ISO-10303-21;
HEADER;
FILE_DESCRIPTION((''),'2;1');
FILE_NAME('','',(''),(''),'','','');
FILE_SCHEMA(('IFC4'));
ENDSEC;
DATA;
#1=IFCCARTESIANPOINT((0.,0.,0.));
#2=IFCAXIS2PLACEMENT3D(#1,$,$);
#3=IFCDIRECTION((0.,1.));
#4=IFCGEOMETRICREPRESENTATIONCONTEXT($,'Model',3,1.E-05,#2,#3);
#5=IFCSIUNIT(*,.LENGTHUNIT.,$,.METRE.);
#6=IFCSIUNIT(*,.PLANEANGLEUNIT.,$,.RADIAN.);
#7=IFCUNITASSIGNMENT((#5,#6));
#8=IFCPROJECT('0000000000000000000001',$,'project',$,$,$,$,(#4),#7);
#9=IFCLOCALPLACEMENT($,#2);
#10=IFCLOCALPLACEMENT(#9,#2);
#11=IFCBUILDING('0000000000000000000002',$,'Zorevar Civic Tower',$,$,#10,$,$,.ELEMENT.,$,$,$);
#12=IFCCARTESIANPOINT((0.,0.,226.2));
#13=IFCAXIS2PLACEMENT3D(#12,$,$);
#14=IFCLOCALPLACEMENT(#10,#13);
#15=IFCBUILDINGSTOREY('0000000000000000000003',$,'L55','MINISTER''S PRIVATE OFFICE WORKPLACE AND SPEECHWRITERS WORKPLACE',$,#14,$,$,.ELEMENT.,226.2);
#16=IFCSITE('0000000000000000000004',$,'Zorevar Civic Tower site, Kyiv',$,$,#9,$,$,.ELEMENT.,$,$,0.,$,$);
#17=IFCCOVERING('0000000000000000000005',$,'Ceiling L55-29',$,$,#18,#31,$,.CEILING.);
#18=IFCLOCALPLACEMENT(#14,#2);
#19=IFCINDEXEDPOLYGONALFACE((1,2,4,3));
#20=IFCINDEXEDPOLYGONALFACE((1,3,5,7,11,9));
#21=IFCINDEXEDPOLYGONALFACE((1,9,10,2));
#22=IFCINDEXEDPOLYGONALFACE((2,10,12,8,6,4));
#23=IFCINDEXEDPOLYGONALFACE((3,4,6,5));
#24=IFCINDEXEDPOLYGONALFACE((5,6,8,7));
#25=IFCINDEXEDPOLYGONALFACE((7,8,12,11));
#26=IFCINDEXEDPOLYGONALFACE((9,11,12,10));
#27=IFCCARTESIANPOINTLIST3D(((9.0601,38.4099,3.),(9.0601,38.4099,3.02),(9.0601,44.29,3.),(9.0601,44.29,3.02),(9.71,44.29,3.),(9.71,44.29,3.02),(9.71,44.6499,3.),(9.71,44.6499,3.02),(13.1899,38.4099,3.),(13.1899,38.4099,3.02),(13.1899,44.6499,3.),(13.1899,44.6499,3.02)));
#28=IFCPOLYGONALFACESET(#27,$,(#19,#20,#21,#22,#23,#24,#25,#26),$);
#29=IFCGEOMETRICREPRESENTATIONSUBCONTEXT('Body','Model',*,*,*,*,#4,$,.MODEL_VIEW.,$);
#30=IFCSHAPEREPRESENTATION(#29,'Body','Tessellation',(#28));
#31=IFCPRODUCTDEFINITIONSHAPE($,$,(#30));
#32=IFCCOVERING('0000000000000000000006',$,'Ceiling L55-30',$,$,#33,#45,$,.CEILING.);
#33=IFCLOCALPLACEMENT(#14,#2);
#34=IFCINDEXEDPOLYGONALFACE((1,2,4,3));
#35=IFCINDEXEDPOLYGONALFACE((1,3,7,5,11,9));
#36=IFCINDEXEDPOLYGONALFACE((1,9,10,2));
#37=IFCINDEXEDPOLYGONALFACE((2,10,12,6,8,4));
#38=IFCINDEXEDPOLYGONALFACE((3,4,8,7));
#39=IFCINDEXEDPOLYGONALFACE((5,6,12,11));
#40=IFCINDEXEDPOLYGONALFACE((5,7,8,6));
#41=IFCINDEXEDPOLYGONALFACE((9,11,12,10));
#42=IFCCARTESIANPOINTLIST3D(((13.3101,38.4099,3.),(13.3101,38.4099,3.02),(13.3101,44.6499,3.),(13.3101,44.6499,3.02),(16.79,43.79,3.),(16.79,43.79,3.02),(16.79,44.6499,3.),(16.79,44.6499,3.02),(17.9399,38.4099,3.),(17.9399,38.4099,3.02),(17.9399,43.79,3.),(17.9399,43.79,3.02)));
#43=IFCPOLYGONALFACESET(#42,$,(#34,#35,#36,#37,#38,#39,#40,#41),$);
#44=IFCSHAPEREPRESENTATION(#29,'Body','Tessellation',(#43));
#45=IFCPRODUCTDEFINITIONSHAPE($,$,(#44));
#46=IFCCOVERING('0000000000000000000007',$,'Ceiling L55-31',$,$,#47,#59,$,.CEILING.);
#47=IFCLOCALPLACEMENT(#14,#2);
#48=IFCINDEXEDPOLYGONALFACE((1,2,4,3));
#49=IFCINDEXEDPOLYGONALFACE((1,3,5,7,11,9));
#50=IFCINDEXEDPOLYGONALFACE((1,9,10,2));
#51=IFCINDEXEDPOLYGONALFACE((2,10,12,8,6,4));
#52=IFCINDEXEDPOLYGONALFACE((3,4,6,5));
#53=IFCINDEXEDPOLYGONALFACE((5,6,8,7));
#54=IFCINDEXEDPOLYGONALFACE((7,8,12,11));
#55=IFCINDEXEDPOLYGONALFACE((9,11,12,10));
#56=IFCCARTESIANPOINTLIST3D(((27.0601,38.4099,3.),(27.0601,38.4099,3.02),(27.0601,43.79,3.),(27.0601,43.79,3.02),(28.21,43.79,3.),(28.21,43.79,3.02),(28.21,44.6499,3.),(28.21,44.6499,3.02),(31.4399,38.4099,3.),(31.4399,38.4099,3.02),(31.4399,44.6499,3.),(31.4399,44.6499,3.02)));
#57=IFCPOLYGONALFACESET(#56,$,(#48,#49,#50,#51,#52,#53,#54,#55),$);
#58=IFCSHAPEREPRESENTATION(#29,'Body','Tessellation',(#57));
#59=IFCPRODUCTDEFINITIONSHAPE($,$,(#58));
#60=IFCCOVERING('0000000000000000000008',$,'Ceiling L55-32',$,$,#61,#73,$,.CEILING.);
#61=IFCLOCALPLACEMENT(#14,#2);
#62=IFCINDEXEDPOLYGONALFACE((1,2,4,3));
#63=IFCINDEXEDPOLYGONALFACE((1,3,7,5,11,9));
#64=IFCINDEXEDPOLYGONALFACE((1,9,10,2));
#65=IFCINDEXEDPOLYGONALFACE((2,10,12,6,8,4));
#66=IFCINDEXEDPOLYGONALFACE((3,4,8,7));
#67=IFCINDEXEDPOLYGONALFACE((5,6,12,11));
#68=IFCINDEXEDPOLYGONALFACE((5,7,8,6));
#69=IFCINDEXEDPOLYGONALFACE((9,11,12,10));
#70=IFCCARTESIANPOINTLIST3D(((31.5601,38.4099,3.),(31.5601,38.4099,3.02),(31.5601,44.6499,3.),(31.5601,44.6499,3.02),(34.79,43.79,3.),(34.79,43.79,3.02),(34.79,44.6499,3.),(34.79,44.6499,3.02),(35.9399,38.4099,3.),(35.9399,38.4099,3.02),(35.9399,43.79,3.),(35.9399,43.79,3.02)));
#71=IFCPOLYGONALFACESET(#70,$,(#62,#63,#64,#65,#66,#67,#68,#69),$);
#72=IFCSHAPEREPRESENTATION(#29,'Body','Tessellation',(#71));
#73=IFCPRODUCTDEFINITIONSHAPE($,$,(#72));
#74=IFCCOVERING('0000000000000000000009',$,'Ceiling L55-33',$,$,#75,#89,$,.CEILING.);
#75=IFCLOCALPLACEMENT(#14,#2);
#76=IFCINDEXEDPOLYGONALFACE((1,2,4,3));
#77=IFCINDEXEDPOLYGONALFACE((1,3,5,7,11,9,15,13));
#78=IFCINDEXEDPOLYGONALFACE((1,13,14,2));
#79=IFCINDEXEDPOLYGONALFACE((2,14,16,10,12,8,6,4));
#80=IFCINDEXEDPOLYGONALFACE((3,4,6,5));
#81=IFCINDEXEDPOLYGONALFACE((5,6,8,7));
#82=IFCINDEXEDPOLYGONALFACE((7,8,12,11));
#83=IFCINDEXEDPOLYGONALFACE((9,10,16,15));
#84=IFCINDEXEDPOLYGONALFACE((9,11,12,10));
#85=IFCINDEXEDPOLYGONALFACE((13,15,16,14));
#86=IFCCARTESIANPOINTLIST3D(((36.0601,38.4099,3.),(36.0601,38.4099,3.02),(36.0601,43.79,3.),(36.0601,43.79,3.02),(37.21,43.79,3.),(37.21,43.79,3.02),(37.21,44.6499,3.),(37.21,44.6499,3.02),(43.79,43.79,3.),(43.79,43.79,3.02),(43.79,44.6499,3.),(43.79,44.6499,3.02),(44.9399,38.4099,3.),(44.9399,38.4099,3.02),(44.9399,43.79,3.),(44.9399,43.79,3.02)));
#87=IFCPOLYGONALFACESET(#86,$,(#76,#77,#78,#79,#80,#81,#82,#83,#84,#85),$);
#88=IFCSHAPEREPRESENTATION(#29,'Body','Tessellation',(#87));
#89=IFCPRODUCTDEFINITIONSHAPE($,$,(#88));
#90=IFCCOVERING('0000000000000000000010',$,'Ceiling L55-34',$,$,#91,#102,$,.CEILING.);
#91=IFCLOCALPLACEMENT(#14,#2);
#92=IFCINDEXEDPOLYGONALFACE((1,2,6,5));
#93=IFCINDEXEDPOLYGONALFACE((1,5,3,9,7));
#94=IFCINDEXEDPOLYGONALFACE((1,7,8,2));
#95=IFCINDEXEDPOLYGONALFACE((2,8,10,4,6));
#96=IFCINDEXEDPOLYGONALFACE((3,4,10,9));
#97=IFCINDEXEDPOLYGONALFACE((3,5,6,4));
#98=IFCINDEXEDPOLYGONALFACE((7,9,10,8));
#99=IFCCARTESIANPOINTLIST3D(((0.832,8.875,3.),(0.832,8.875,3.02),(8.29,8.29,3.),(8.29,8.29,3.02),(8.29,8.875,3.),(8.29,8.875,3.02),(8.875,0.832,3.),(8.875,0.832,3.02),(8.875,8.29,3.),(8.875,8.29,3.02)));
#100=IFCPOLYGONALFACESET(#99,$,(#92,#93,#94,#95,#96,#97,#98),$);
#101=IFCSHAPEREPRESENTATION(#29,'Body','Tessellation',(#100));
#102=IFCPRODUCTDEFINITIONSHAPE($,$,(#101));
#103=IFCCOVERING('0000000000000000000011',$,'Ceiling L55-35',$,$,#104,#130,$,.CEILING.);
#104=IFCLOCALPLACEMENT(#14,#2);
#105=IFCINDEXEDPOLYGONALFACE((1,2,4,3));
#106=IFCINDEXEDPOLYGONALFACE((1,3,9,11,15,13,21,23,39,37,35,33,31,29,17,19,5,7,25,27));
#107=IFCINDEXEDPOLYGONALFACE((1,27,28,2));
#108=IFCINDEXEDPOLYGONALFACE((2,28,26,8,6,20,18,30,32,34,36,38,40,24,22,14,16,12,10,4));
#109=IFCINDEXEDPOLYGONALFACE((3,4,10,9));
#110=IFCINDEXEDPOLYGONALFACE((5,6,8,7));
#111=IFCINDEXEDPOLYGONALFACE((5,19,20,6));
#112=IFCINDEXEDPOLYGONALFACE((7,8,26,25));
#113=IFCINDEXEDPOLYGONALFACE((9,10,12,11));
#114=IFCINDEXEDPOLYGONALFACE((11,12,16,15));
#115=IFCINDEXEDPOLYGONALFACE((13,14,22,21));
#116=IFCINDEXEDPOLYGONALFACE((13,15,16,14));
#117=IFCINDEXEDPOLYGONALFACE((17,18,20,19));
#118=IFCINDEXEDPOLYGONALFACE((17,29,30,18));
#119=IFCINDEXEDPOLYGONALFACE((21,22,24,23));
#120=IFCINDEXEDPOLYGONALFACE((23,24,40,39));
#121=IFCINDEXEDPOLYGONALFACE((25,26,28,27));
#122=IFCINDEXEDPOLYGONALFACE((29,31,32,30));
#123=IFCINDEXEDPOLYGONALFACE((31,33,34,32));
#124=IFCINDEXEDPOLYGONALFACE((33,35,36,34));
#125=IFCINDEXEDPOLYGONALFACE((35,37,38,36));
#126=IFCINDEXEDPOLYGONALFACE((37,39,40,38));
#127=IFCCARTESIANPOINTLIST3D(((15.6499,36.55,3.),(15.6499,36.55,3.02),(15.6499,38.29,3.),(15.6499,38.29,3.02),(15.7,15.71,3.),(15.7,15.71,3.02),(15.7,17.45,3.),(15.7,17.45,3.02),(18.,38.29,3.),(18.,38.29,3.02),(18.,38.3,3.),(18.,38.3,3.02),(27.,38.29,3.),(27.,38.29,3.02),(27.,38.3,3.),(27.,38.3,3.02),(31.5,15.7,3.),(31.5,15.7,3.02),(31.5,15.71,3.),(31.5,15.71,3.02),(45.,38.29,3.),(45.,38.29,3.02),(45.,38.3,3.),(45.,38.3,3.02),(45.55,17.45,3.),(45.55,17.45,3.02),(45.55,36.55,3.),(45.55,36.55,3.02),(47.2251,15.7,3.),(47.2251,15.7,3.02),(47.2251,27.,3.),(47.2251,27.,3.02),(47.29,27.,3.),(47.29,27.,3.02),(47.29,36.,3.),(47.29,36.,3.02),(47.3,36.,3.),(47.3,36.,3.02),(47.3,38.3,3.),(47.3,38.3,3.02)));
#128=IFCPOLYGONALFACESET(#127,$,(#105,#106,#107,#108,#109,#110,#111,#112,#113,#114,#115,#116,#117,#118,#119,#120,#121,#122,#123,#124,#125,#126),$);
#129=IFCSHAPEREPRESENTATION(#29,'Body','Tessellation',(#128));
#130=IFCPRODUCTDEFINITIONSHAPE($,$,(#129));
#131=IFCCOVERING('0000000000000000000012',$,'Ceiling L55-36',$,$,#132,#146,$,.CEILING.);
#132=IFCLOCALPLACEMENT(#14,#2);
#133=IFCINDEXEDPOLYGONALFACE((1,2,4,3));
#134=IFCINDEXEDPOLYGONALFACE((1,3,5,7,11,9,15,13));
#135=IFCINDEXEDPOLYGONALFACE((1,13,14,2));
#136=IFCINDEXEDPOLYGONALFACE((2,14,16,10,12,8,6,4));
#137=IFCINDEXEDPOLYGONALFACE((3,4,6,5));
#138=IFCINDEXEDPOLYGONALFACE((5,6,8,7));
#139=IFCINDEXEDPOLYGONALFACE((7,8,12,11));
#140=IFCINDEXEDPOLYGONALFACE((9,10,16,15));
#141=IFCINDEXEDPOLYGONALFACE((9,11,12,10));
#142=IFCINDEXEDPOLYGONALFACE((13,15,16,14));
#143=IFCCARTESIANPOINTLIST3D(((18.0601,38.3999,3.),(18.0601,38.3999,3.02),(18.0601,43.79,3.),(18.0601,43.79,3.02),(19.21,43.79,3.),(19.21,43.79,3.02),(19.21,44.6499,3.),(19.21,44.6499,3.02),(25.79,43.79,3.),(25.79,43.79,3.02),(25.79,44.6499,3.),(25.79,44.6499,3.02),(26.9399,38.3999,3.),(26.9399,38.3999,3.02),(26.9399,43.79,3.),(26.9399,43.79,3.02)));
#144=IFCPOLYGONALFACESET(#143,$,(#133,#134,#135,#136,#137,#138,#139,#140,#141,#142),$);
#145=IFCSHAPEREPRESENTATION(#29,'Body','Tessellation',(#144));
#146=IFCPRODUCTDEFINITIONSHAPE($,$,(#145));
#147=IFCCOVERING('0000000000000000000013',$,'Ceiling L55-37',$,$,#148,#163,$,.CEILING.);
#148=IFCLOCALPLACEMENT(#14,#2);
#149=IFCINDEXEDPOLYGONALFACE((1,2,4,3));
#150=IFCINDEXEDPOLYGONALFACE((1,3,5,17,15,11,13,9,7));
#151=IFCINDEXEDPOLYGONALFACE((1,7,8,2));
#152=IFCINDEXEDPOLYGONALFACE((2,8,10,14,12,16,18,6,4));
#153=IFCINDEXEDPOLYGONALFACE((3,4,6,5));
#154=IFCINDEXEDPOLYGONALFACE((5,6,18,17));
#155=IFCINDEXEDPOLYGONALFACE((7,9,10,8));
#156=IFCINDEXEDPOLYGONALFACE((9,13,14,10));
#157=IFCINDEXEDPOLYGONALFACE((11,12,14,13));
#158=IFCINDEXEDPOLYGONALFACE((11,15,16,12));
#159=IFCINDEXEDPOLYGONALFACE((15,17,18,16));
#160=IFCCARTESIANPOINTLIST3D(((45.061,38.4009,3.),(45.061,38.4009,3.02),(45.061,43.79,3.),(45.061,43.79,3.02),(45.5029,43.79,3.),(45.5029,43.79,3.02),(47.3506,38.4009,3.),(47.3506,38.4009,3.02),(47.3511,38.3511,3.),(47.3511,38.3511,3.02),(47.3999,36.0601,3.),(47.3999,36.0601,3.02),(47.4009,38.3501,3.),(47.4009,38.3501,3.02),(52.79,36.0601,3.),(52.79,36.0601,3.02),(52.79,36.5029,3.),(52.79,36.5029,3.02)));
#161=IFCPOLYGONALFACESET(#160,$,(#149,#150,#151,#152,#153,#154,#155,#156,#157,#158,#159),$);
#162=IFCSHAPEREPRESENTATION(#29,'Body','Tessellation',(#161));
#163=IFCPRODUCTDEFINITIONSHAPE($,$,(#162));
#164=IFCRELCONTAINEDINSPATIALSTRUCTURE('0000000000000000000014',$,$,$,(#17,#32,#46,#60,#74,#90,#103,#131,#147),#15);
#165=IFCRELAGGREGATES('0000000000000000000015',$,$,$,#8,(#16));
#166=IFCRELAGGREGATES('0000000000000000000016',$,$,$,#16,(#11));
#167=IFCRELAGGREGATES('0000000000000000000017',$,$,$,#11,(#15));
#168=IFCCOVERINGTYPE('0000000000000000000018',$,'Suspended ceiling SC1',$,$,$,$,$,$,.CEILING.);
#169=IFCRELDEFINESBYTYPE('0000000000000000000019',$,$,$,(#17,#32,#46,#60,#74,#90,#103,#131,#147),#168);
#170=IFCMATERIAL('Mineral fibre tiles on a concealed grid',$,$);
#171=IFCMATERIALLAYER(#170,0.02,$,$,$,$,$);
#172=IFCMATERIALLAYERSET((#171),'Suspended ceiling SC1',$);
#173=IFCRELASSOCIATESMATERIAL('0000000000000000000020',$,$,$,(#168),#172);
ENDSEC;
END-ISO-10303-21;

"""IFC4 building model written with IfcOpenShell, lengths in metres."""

from ifc_helpers import new_model, si_unit, direction, frame, origin, place, context, subcontext, project, spatial, polyline, outline, extrude, material, layer, layer_set, type_object, element, save


model = new_model("IFC4")

# Units and contexts
model_context = context("Model", 3, precision=1e-05, world=origin(), true_north=direction((0.0, 1.0)))
body_context = subcontext(model_context, "Body", "Model", "MODEL_VIEW")
ifc_project = project(units=[si_unit("LENGTHUNIT", "METRE"), si_unit("PLANEANGLEUNIT", "RADIAN")], contexts=[model_context])

# Site, building, storey
site_placement = place(None, origin())
site = spatial("IfcSite", under=ifc_project, at=site_placement, Name="Zorevar Civic Tower site, Kyiv", CompositionType="ELEMENT", RefElevation=0.0)
building_placement = place(site_placement, origin())
building = spatial("IfcBuilding", under=site, at=building_placement, Name="Zorevar Civic Tower", CompositionType="ELEMENT")
storey_placement = place(building_placement, frame((0.0, 0.0, 226.2)))
storey = spatial("IfcBuildingStorey", under=building, at=storey_placement, Name="L55", Description="MINISTER'S PRIVATE OFFICE WORKPLACE AND SPEECHWRITERS WORKPLACE", CompositionType="ELEMENT", Elevation=226.2)

# Coverings
ifc_material_1 = material(Name="Mineral fibre tiles on a concealed grid")
ifc_layer_1 = layer(ifc_material_1, 0.02)
ifc_layer_set_1 = layer_set([ifc_layer_1], Name="Suspended ceiling SC1")
covering_type_1 = type_object("IfcCoveringType", Name="Suspended ceiling SC1", PredefinedType="CEILING", material=ifc_layer_set_1)
covering_1_placement = place(storey_placement, frame((0.0, 0.0, 3.0)))
element("IfcCovering", 1, at=covering_1_placement, inside=storey, type_object=covering_type_1, Name="Ceiling L55-29", PredefinedType="CEILING", context=body_context, shape_type="SweptSolid", body=[
    extrude(outline(polyline([(9.0601, 38.4099), (9.0601, 44.29), (9.71, 44.29), (9.71, 44.6499), (13.1899, 44.6499), (13.1899, 38.4099), (9.0601, 38.4099)])), origin(), (0.0, 0.0, 1.0), 0.02),
])
covering_2_placement = place(storey_placement, frame((0.0, 0.0, 3.0)))
element("IfcCovering", 2, at=covering_2_placement, inside=storey, type_object=covering_type_1, Name="Ceiling L55-30", PredefinedType="CEILING", context=body_context, shape_type="SweptSolid", body=[
    extrude(outline(polyline([(13.3101, 38.4099), (13.3101, 44.6499), (16.79, 44.6499), (16.79, 43.79), (17.9399, 43.79), (17.9399, 38.4099), (13.3101, 38.4099)])), origin(), (0.0, 0.0, 1.0), 0.02),
])
covering_3_placement = place(storey_placement, frame((0.0, 0.0, 3.0)))
element("IfcCovering", 3, at=covering_3_placement, inside=storey, type_object=covering_type_1, Name="Ceiling L55-31", PredefinedType="CEILING", context=body_context, shape_type="SweptSolid", body=[
    extrude(outline(polyline([(27.0601, 38.4099), (27.0601, 43.79), (28.21, 43.79), (28.21, 44.6499), (31.4399, 44.6499), (31.4399, 38.4099), (27.0601, 38.4099)])), origin(), (0.0, 0.0, 1.0), 0.02),
])
covering_4_placement = place(storey_placement, frame((0.0, 0.0, 3.0)))
element("IfcCovering", 4, at=covering_4_placement, inside=storey, type_object=covering_type_1, Name="Ceiling L55-32", PredefinedType="CEILING", context=body_context, shape_type="SweptSolid", body=[
    extrude(outline(polyline([(31.5601, 38.4099), (31.5601, 44.6499), (34.79, 44.6499), (34.79, 43.79), (35.9399, 43.79), (35.9399, 38.4099), (31.5601, 38.4099)])), origin(), (0.0, 0.0, 1.0), 0.02),
])
covering_5_placement = place(storey_placement, frame((0.0, 0.0, 3.0)))
element("IfcCovering", 5, at=covering_5_placement, inside=storey, type_object=covering_type_1, Name="Ceiling L55-33", PredefinedType="CEILING", context=body_context, shape_type="SweptSolid", body=[
    extrude(outline(polyline([(37.21, 43.79), (37.21, 44.6499), (43.79, 44.6499), (43.79, 43.79), (44.9399, 43.79), (44.9399, 38.4099), (36.0601, 38.4099), (36.0601, 43.79), (37.21, 43.79)])), origin(), (0.0, 0.0, 1.0), 0.02),
])
covering_6_placement = place(storey_placement, frame((0.0, 0.0, 3.0)))
element("IfcCovering", 6, at=covering_6_placement, inside=storey, type_object=covering_type_1, Name="Ceiling L55-34", PredefinedType="CEILING", context=body_context, shape_type="SweptSolid", body=[
    extrude(outline(polyline([(8.29, 8.875), (8.29, 8.29), (8.875, 8.29), (8.875, 0.832), (0.832, 8.875), (8.29, 8.875)])), origin(), (0.0, 0.0, 1.0), 0.02),
])
covering_7_placement = place(storey_placement, frame((0.0, 0.0, 3.0)))
element("IfcCovering", 7, at=covering_7_placement, inside=storey, type_object=covering_type_1, Name="Ceiling L55-35", PredefinedType="CEILING", context=body_context, shape_type="SweptSolid", body=[
    extrude(outline(polyline([(18.0, 38.29), (18.0, 38.3), (27.0, 38.3), (27.0, 38.29), (45.0, 38.29), (45.0, 38.3), (47.3, 38.3), (47.3, 36.0), (47.29, 36.0), (47.29, 27.0), (47.2251, 27.0), (47.2251, 15.7), (31.5, 15.7), (31.5, 15.71), (15.7, 15.71), (15.7, 17.45), (45.55, 17.45), (45.55, 36.55), (15.6499, 36.55), (15.6499, 38.29), (18.0, 38.29)])), origin(), (0.0, 0.0, 1.0), 0.02),
])
covering_8_placement = place(storey_placement, frame((0.0, 0.0, 3.0)))
element("IfcCovering", 8, at=covering_8_placement, inside=storey, type_object=covering_type_1, Name="Ceiling L55-36", PredefinedType="CEILING", context=body_context, shape_type="SweptSolid", body=[
    extrude(outline(polyline([(26.9399, 38.3999), (18.0601, 38.3999), (18.0601, 43.79), (19.21, 43.79), (19.21, 44.6499), (25.79, 44.6499), (25.79, 43.79), (26.9399, 43.79), (26.9399, 38.3999)])), origin(), (0.0, 0.0, 1.0), 0.02),
])
covering_9_placement = place(storey_placement, frame((0.0, 0.0, 3.0)))
element("IfcCovering", 9, at=covering_9_placement, inside=storey, type_object=covering_type_1, Name="Ceiling L55-37", PredefinedType="CEILING", context=body_context, shape_type="SweptSolid", body=[
    extrude(outline(polyline([(47.3506, 38.4009), (45.061, 38.4009), (45.061, 43.79), (45.5029, 43.79), (52.79, 36.5029), (52.79, 36.0601), (47.3999, 36.0601), (47.4009, 38.3501), (47.3511, 38.3511), (47.3506, 38.4009)])), origin(), (0.0, 0.0, 1.0), 0.02),
])

save(model, "model.ifc")
